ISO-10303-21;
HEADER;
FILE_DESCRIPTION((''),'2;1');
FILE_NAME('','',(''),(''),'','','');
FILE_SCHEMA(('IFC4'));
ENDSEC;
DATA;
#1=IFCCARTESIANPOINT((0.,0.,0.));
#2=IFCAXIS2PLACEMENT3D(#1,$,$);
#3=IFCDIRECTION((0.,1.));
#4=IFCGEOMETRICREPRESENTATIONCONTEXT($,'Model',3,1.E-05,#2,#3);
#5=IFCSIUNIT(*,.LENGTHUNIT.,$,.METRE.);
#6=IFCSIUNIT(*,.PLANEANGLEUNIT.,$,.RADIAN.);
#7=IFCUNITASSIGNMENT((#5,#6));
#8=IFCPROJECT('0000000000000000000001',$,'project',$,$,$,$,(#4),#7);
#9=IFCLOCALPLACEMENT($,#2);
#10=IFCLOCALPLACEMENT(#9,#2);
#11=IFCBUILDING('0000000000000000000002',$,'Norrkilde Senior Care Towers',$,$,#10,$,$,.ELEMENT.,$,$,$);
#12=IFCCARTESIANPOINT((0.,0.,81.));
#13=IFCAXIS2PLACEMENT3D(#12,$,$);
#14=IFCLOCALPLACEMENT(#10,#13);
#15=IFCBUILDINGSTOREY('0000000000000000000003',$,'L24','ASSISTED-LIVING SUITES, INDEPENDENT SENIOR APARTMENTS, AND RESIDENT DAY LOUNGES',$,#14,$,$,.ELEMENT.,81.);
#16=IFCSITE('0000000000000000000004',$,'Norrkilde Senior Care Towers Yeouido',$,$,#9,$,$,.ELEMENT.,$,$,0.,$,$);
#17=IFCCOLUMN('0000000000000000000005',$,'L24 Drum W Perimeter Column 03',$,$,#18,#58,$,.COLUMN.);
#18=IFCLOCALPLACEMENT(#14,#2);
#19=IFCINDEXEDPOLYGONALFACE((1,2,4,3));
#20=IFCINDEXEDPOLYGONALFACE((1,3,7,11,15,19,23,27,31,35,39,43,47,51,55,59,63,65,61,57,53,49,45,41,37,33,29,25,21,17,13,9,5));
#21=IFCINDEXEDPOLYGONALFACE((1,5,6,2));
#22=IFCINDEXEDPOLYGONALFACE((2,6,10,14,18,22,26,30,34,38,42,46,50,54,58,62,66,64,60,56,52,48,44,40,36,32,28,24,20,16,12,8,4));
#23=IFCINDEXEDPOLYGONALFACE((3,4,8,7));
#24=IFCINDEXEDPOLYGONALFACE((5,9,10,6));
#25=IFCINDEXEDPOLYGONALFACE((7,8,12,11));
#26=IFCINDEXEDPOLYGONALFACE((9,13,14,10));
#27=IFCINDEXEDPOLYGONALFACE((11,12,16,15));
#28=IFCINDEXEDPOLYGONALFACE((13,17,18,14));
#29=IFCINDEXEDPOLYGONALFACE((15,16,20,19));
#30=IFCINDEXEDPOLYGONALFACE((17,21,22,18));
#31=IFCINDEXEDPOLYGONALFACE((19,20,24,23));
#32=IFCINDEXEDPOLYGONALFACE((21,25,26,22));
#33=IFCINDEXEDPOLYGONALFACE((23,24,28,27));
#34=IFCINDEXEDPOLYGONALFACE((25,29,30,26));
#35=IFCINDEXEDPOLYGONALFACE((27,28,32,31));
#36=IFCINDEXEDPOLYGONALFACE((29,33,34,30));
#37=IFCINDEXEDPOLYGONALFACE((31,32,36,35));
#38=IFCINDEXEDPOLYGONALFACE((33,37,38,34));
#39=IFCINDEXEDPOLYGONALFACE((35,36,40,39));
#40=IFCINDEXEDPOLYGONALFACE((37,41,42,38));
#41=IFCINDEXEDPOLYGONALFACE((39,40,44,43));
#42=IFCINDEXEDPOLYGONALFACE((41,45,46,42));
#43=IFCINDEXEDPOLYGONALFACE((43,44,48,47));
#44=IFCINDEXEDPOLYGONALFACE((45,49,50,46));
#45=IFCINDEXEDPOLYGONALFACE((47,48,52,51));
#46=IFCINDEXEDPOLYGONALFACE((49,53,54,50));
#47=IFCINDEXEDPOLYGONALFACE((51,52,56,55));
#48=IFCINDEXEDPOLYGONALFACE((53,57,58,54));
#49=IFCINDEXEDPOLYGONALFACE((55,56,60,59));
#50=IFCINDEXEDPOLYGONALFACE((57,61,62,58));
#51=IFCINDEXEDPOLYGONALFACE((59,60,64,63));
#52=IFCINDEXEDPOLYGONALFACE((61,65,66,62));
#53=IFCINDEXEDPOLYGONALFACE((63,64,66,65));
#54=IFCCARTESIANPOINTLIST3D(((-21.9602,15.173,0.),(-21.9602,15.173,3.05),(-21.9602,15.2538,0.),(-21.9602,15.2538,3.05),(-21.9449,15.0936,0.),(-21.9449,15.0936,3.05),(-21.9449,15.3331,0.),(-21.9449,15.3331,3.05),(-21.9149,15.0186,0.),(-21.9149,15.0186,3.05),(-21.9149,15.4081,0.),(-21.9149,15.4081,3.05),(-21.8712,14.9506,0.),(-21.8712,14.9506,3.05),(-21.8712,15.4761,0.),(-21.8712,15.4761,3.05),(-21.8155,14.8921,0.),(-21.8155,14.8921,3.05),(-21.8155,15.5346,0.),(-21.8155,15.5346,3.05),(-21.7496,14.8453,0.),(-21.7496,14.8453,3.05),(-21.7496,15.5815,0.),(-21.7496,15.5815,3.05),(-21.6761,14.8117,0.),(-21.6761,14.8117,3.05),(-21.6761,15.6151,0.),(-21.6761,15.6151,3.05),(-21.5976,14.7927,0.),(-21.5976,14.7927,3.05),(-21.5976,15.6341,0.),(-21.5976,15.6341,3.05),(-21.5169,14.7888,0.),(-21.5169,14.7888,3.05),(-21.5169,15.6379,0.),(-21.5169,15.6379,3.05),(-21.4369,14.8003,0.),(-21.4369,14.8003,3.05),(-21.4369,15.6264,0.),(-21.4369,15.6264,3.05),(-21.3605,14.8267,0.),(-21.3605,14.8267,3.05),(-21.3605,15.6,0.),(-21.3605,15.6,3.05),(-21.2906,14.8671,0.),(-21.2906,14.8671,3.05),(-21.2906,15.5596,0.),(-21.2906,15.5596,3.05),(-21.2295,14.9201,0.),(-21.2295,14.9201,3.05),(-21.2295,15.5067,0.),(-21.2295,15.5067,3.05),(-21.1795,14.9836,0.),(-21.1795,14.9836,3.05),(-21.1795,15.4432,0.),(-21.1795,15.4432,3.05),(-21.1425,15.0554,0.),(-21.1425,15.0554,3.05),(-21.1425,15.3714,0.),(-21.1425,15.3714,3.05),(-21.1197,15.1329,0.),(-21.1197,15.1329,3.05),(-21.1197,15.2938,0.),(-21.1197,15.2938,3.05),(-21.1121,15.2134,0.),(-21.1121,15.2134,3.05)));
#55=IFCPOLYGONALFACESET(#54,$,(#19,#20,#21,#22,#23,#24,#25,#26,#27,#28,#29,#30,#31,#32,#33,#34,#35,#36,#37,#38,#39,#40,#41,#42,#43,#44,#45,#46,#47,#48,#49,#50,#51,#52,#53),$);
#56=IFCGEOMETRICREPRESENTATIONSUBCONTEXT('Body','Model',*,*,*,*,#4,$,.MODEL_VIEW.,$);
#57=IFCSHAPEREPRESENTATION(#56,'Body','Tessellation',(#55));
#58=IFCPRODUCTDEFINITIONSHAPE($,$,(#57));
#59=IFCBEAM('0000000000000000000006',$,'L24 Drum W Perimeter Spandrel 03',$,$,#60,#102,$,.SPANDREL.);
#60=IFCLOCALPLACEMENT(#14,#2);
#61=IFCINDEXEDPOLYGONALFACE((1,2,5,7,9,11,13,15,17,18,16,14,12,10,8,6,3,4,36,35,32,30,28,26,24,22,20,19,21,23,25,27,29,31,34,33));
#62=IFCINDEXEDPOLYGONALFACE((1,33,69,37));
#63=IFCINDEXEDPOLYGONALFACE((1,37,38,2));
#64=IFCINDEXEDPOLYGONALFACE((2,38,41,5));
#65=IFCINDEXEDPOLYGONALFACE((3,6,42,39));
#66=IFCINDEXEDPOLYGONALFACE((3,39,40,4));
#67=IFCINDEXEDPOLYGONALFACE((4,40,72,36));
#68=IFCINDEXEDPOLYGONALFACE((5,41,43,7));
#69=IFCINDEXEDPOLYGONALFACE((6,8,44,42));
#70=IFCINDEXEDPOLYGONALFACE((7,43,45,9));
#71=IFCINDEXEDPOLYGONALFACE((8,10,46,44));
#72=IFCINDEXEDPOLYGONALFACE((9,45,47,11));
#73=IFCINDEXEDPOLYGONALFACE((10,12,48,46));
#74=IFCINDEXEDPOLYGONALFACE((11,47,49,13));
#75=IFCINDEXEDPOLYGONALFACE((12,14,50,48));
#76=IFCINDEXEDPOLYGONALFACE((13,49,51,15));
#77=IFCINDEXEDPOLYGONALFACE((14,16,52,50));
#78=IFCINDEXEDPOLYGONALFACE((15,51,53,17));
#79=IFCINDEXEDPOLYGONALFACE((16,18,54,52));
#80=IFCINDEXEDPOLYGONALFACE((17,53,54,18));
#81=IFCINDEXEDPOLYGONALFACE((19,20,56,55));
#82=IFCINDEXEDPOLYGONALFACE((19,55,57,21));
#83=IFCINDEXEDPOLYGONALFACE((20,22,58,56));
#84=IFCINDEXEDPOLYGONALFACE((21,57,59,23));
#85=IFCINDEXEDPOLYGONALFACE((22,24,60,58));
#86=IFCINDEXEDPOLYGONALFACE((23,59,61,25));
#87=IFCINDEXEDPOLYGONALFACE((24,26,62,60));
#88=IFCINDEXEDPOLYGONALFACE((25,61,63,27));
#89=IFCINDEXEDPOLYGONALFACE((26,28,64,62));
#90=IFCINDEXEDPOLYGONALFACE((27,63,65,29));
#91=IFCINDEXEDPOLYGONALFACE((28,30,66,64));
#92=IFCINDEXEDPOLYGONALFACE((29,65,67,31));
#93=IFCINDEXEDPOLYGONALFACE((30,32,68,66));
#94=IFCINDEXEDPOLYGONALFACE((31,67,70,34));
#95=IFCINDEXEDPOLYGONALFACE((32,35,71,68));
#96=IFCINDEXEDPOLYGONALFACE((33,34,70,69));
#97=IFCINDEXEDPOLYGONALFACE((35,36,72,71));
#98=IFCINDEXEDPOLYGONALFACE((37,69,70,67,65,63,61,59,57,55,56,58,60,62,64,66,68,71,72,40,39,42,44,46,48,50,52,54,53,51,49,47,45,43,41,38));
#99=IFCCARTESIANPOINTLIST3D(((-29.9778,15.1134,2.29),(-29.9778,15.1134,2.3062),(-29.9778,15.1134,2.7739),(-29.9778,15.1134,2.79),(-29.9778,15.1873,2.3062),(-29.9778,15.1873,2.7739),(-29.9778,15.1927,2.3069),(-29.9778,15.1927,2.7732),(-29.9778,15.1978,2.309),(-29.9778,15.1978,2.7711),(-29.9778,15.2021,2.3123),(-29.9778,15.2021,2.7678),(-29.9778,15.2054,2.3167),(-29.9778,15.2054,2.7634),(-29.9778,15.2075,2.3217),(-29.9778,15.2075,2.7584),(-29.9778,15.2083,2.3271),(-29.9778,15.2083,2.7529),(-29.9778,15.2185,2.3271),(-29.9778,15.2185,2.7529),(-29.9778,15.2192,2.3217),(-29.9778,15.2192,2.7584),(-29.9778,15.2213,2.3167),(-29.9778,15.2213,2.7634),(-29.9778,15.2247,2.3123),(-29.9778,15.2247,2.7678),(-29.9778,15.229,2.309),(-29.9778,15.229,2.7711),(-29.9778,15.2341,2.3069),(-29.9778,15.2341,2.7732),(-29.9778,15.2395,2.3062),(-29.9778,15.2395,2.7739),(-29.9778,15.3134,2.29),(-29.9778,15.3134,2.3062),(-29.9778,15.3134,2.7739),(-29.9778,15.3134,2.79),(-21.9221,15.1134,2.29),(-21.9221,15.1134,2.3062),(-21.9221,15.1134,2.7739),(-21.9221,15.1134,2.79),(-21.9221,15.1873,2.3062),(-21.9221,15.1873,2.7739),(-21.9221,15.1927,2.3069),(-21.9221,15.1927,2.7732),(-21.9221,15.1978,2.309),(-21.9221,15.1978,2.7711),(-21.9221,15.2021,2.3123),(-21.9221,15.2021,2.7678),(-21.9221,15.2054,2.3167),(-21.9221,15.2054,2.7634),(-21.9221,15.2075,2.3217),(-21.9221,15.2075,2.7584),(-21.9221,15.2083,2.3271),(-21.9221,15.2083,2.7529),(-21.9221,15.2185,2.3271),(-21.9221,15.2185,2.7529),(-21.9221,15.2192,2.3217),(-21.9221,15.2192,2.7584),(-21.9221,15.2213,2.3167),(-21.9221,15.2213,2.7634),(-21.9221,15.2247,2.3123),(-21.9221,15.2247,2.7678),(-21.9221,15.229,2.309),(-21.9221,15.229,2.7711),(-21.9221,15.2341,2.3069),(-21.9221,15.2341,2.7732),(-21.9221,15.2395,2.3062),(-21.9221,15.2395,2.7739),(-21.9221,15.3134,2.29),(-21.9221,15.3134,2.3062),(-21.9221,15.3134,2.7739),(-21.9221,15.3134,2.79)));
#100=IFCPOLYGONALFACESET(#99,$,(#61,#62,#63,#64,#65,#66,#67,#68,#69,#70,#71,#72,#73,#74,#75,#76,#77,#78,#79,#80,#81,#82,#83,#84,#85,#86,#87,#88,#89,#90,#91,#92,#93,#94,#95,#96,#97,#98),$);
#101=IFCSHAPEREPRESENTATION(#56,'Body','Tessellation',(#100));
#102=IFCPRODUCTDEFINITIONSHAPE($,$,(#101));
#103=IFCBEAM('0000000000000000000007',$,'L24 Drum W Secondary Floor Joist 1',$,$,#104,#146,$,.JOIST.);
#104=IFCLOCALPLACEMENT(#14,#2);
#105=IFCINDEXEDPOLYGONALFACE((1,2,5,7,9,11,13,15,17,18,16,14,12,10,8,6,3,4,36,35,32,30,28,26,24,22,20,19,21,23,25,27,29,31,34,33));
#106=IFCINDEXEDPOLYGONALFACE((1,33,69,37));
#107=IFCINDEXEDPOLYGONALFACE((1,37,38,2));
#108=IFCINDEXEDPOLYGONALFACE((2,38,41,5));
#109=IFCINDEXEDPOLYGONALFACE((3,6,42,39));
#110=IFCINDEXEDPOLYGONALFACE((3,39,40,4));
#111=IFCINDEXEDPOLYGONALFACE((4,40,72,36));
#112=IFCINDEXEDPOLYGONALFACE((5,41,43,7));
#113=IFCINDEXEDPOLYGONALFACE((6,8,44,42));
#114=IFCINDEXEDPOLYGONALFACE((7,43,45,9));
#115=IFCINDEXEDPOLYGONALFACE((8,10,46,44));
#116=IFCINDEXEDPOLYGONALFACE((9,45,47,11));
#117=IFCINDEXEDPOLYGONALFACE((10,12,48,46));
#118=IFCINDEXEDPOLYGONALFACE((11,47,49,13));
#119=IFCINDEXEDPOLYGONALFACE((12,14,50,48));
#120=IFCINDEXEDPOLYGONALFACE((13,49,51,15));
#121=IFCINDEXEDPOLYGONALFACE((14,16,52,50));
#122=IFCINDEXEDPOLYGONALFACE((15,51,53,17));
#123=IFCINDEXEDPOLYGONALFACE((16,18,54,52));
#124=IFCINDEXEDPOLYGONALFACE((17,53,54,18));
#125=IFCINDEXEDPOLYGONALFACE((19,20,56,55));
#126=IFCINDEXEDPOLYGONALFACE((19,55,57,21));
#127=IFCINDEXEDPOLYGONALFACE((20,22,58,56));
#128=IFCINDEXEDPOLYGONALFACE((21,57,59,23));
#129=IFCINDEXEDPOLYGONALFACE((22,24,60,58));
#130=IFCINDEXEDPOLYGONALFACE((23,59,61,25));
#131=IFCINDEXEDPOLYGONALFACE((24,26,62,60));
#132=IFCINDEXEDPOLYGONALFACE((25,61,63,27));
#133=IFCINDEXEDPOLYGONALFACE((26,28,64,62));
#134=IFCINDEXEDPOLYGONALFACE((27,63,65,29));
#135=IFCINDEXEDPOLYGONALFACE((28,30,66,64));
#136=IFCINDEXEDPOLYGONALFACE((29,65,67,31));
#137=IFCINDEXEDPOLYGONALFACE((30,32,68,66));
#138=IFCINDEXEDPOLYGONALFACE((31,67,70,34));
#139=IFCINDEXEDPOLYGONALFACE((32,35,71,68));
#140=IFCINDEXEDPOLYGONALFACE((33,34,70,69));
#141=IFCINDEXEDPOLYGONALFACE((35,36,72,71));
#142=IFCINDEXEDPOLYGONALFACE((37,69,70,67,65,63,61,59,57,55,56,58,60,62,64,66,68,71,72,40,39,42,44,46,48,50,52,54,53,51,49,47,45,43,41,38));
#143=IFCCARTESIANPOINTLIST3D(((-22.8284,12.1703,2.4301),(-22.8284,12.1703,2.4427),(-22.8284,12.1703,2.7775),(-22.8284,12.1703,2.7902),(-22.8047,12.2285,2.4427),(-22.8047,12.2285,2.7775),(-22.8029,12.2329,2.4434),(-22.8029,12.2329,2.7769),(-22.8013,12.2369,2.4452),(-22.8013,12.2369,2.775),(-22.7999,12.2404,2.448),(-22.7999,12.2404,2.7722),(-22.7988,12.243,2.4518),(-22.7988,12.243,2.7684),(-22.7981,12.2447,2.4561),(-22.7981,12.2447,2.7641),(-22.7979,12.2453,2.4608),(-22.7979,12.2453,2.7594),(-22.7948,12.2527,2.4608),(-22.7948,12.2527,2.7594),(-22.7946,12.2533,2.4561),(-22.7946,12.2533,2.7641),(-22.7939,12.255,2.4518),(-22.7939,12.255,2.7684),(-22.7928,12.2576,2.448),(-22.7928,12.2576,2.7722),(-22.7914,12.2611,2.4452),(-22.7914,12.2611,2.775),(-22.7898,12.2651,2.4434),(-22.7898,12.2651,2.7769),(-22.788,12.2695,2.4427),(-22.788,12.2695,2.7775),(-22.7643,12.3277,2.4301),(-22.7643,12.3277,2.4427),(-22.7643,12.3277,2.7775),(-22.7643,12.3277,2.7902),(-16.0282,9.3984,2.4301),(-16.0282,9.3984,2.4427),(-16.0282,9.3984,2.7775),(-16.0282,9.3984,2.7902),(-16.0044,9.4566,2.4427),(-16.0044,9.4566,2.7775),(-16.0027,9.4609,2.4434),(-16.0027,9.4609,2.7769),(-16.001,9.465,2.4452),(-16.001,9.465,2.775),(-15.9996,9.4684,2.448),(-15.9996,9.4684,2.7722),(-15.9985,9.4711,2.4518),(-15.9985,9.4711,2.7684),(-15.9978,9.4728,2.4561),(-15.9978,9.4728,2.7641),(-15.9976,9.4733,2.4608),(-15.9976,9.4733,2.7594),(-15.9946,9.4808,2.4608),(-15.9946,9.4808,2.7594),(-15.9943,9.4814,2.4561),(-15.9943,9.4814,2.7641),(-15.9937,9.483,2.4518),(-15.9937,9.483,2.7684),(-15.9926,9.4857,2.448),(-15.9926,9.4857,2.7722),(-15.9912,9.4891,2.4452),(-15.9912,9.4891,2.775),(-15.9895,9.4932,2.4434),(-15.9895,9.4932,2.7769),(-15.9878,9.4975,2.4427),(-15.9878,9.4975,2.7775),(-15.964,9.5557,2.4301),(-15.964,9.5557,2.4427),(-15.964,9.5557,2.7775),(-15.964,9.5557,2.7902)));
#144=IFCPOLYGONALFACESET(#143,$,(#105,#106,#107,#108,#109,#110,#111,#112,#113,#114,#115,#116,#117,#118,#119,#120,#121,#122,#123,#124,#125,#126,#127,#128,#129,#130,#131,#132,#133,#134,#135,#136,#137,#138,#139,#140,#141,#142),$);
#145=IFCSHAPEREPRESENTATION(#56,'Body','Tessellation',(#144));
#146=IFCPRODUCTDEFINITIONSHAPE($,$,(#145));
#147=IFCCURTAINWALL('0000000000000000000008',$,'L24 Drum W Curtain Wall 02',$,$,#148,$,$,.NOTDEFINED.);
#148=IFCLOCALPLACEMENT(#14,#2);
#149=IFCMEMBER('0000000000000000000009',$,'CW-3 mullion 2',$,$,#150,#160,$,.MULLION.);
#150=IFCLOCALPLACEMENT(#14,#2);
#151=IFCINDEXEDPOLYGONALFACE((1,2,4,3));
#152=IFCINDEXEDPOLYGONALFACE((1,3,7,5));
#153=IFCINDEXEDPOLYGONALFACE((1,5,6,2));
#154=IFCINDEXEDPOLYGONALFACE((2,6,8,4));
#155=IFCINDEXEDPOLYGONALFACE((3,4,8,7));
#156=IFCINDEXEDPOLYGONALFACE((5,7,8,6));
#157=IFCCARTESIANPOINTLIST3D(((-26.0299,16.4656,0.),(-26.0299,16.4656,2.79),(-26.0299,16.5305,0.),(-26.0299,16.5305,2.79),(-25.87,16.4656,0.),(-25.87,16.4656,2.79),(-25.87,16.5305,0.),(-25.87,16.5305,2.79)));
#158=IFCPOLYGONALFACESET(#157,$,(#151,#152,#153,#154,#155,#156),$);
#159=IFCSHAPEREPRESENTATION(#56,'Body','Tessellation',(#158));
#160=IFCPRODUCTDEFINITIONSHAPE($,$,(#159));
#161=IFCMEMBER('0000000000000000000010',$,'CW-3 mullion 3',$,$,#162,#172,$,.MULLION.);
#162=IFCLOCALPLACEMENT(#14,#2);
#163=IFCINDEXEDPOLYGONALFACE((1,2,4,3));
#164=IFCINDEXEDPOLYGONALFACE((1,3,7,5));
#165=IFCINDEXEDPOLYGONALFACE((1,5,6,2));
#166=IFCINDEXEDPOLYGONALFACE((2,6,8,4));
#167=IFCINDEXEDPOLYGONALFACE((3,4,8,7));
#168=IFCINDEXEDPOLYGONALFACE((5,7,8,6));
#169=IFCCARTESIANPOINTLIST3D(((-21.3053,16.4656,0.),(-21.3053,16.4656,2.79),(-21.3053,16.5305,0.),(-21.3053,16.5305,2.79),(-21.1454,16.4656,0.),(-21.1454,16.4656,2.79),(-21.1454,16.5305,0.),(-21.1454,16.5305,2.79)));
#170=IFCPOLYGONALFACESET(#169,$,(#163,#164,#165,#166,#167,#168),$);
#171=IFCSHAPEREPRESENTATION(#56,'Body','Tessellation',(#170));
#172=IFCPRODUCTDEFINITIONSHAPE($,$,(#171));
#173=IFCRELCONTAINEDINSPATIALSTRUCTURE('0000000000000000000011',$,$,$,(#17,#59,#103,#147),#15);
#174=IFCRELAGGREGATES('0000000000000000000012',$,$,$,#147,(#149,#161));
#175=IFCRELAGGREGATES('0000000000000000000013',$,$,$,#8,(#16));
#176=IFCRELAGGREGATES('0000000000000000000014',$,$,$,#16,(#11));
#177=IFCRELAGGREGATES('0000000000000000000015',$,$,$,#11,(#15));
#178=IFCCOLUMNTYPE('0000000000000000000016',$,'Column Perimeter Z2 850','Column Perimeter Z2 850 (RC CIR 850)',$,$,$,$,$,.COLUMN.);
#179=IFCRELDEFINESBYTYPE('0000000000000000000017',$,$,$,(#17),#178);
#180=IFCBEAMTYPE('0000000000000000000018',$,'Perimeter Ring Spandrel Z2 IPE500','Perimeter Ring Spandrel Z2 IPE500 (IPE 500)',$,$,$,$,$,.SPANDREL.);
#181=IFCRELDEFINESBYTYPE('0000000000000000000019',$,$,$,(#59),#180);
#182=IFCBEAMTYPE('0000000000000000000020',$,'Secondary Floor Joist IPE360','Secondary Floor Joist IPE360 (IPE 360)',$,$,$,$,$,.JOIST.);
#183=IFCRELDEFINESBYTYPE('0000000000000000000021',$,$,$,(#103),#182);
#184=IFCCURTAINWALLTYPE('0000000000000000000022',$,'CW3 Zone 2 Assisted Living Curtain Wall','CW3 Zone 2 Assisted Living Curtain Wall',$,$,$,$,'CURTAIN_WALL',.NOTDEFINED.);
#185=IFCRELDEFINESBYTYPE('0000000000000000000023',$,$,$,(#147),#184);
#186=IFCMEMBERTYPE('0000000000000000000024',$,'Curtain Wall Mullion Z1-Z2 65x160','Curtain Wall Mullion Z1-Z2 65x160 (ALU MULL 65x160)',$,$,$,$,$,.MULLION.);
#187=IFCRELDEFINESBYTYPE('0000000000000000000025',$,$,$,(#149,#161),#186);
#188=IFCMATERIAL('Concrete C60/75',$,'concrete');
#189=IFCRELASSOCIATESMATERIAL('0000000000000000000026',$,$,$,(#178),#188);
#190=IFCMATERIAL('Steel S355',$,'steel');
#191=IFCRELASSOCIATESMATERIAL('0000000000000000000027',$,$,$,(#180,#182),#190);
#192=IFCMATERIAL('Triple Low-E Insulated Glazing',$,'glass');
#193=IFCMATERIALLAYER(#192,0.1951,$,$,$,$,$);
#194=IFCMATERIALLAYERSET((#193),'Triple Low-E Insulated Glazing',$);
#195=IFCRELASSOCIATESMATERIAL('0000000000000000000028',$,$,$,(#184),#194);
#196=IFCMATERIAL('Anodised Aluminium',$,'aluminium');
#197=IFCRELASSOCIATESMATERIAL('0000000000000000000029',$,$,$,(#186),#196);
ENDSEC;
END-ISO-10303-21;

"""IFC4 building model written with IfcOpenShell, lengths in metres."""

from ifc_helpers import new_model, si_unit, direction, frame, origin, origin_2d, place, context, subcontext, project, spatial, rectangle, circle, i_section, extrude, source, transform, mapped, material, layer, layer_set, material_profile, profile_set, type_object, type_shapes, element, aggregate, save


model = new_model("IFC4")

# Units and contexts
model_context = context("Model", 3, precision=1e-05, world=origin(), true_north=direction((0.0, 1.0)))
body_context = subcontext(model_context, "Body", "Model", "MODEL_VIEW")
ifc_project = project(units=[si_unit("LENGTHUNIT", "METRE"), si_unit("PLANEANGLEUNIT", "RADIAN")], contexts=[model_context])

# Site, building, storey
site_placement = place(None, origin())
site = spatial("IfcSite", under=ifc_project, at=site_placement, Name="Norrkilde Senior Care Towers Yeouido", CompositionType="ELEMENT", RefElevation=0.0)
building_placement = place(site_placement, origin())
building = spatial("IfcBuilding", under=site, at=building_placement, Name="Norrkilde Senior Care Towers", CompositionType="ELEMENT")
storey_placement = place(building_placement, frame((0.0, 0.0, 81.0)))
storey = spatial("IfcBuildingStorey", under=building, at=storey_placement, Name="L24", Description="ASSISTED-LIVING SUITES, INDEPENDENT SENIOR APARTMENTS, AND RESIDENT DAY LOUNGES", CompositionType="ELEMENT", Elevation=81.0)

# Column
ifc_material_1 = material(Name="Concrete C60/75", Category="concrete")
ifc_material_profile_1 = material_profile(ifc_material_1, circle(Radius=0.425, at=origin_2d()), Name="RC CIR 850")
ifc_profile_set_1 = profile_set([ifc_material_profile_1], Name="Concrete C60/75")
column_type = type_object("IfcColumnType", Name="Column Perimeter Z2 850", Description="Column Perimeter Z2 850 (RC CIR 850)", PredefinedType="COLUMN", material=ifc_profile_set_1)
shared_shape_1 = source(origin(), body_context, "Body", "SweptSolid", [
    extrude(circle(Radius=0.425, at=origin_2d()), origin(), (0.0, 0.0, 1.0), 3.05),
])
type_shapes(column_type, [shared_shape_1])
column_placement = place(storey_placement, frame((-21.5371, 15.2134, 0.0), z_axis=(0.0, 0.0, 1.0), x_axis=(1.0, 0.0, 0.0)))
element("IfcColumn", 1, at=column_placement, inside=storey, type_object=column_type, Name="L24 Drum W Perimeter Column 03", PredefinedType="COLUMN", context=body_context, shape_type="MappedRepresentation", body=[
    mapped(shared_shape_1, transform((0.0, 0.0, 0.0), x_axis=(1.0, 0.0, 0.0), y_axis=(0.0, 1.0, 0.0), z_axis=(0.0, 0.0, 1.0), scale=1.0)),
])

# Beams
ifc_material_2 = material(Name="Steel S355", Category="steel")
ifc_material_profile_2 = material_profile(ifc_material_2, i_section(OverallWidth=0.2, OverallDepth=0.5, WebThickness=0.0103, FlangeThickness=0.0161, FilletRadius=0.021, at=origin_2d()), Name="IPE 500")
ifc_profile_set_2 = profile_set([ifc_material_profile_2], Name="Steel S355")
beam_type_1 = type_object("IfcBeamType", Name="Perimeter Ring Spandrel Z2 IPE500", Description="Perimeter Ring Spandrel Z2 IPE500 (IPE 500)", PredefinedType="SPANDREL", material=ifc_profile_set_2)
shared_shape_2 = source(origin(), body_context, "Body", "SweptSolid", [
    extrude(i_section(OverallWidth=0.2, OverallDepth=0.5, WebThickness=0.0103, FlangeThickness=0.0161, FilletRadius=0.021, at=origin_2d()), origin(), (0.0, 0.0, 1.0), 8.0557),
])
type_shapes(beam_type_1, [shared_shape_2])
beam_1_placement = place(storey_placement, frame((-21.9221, 15.2134, 2.54), z_axis=(-1.0, 0.0, 0.0), x_axis=(0.0, -1.0, 0.0)))
element("IfcBeam", 2, at=beam_1_placement, inside=storey, type_object=beam_type_1, Name="L24 Drum W Perimeter Spandrel 03", PredefinedType="SPANDREL", context=body_context, shape_type="MappedRepresentation", body=[
    mapped(shared_shape_2, transform((0.0, 0.0, 0.0), x_axis=(1.0, 0.0, 0.0), y_axis=(0.0, 1.0, 0.0), z_axis=(0.0, 0.0, 1.0), scale=1.0)),
])
ifc_material_profile_3 = material_profile(ifc_material_2, i_section(OverallWidth=0.1699, OverallDepth=0.3601, WebThickness=0.0081, FlangeThickness=0.0127, FilletRadius=0.0181, at=origin_2d()), Name="IPE 360")
ifc_profile_set_3 = profile_set([ifc_material_profile_3], Name="Steel S355")
beam_type_2 = type_object("IfcBeamType", Name="Secondary Floor Joist IPE360", Description="Secondary Floor Joist IPE360 (IPE 360)", PredefinedType="JOIST", material=ifc_profile_set_3)
shared_shape_3 = source(origin(), body_context, "Body", "SweptSolid", [
    extrude(i_section(OverallWidth=0.1699, OverallDepth=0.3601, WebThickness=0.0081, FlangeThickness=0.0127, FilletRadius=0.0181, at=origin_2d()), origin(), (0.0, 0.0, 1.0), 7.3435),
])
type_shapes(beam_type_2, [shared_shape_3])
beam_2_placement = place(storey_placement, frame((-15.9961, 9.4771, 2.6101), z_axis=(-0.926022, 0.37747, 0.0), x_axis=(-0.37747, -0.926022, 0.0)))
element("IfcBeam", 3, at=beam_2_placement, inside=storey, type_object=beam_type_2, Name="L24 Drum W Secondary Floor Joist 1", PredefinedType="JOIST", context=body_context, shape_type="MappedRepresentation", body=[
    mapped(shared_shape_3, transform((0.0, 0.0, 0.0), x_axis=(1.0, 0.0, 0.0), y_axis=(0.0, 1.0, 0.0), z_axis=(0.0, 0.0, 1.0), scale=1.0)),
])

# Curtain wall, members
ifc_material_3 = material(Name="Triple Low-E Insulated Glazing", Category="glass")
ifc_layer_1 = layer(ifc_material_3, 0.1951)
ifc_layer_set_1 = layer_set([ifc_layer_1], Name="Triple Low-E Insulated Glazing")
curtain_wall_type = type_object("IfcCurtainWallType", Name="CW3 Zone 2 Assisted Living Curtain Wall", Description="CW3 Zone 2 Assisted Living Curtain Wall", ElementType="CURTAIN_WALL", PredefinedType="NOTDEFINED", material=ifc_layer_set_1)
curtain_wall_placement = place(storey_placement, origin())
curtain_wall = element("IfcCurtainWall", 4, at=curtain_wall_placement, inside=storey, type_object=curtain_wall_type, Name="L24 Drum W Curtain Wall 02", PredefinedType="NOTDEFINED")
ifc_material_4 = material(Name="Anodised Aluminium", Category="aluminium")
ifc_material_profile_4 = material_profile(ifc_material_4, rectangle(XDim=0.0649, YDim=0.1599, at=origin_2d()), Name="ALU MULL 65x160")
ifc_profile_set_4 = profile_set([ifc_material_profile_4], Name="Anodised Aluminium")
member_type_1 = type_object("IfcMemberType", Name="Curtain Wall Mullion Z1-Z2 65x160", Description="Curtain Wall Mullion Z1-Z2 65x160 (ALU MULL 65x160)", PredefinedType="MULLION", material=ifc_profile_set_4)
shared_shape_4 = source(origin(), body_context, "Body", "SweptSolid", [
    extrude(rectangle(XDim=0.0649, YDim=0.1599, at=origin_2d()), origin(), (0.0, 0.0, 1.0), 2.79),
])
type_shapes(member_type_1, [shared_shape_4])
member_1_placement = place(storey_placement, frame((-25.95, 16.498, 0.0), z_axis=(0.0, 0.0, 1.0), x_axis=(0.0, 1.0, 0.0)))
member_1 = element("IfcMember", 5, at=member_1_placement, type_object=member_type_1, Name="CW-3 mullion 2", PredefinedType="MULLION", context=body_context, shape_type="MappedRepresentation", body=[
    mapped(shared_shape_4, transform((0.0, 0.0, 0.0), x_axis=(1.0, 0.0, 0.0), y_axis=(0.0, 1.0, 0.0), z_axis=(0.0, 0.0, 1.0), scale=1.0)),
])
member_2_placement = place(storey_placement, frame((-21.2253, 16.498, 0.0), z_axis=(0.0, 0.0, 1.0), x_axis=(0.0, 1.0, 0.0)))
member_2 = element("IfcMember", 6, at=member_2_placement, type_object=member_type_1, Name="CW-3 mullion 3", PredefinedType="MULLION", context=body_context, shape_type="MappedRepresentation", body=[
    mapped(shared_shape_4, transform((0.0, 0.0, 0.0), x_axis=(1.0, 0.0, 0.0), y_axis=(0.0, 1.0, 0.0), z_axis=(0.0, 0.0, 1.0), scale=1.0)),
])
aggregate(curtain_wall, [member_1, member_2])

save(model, "model.ifc")
